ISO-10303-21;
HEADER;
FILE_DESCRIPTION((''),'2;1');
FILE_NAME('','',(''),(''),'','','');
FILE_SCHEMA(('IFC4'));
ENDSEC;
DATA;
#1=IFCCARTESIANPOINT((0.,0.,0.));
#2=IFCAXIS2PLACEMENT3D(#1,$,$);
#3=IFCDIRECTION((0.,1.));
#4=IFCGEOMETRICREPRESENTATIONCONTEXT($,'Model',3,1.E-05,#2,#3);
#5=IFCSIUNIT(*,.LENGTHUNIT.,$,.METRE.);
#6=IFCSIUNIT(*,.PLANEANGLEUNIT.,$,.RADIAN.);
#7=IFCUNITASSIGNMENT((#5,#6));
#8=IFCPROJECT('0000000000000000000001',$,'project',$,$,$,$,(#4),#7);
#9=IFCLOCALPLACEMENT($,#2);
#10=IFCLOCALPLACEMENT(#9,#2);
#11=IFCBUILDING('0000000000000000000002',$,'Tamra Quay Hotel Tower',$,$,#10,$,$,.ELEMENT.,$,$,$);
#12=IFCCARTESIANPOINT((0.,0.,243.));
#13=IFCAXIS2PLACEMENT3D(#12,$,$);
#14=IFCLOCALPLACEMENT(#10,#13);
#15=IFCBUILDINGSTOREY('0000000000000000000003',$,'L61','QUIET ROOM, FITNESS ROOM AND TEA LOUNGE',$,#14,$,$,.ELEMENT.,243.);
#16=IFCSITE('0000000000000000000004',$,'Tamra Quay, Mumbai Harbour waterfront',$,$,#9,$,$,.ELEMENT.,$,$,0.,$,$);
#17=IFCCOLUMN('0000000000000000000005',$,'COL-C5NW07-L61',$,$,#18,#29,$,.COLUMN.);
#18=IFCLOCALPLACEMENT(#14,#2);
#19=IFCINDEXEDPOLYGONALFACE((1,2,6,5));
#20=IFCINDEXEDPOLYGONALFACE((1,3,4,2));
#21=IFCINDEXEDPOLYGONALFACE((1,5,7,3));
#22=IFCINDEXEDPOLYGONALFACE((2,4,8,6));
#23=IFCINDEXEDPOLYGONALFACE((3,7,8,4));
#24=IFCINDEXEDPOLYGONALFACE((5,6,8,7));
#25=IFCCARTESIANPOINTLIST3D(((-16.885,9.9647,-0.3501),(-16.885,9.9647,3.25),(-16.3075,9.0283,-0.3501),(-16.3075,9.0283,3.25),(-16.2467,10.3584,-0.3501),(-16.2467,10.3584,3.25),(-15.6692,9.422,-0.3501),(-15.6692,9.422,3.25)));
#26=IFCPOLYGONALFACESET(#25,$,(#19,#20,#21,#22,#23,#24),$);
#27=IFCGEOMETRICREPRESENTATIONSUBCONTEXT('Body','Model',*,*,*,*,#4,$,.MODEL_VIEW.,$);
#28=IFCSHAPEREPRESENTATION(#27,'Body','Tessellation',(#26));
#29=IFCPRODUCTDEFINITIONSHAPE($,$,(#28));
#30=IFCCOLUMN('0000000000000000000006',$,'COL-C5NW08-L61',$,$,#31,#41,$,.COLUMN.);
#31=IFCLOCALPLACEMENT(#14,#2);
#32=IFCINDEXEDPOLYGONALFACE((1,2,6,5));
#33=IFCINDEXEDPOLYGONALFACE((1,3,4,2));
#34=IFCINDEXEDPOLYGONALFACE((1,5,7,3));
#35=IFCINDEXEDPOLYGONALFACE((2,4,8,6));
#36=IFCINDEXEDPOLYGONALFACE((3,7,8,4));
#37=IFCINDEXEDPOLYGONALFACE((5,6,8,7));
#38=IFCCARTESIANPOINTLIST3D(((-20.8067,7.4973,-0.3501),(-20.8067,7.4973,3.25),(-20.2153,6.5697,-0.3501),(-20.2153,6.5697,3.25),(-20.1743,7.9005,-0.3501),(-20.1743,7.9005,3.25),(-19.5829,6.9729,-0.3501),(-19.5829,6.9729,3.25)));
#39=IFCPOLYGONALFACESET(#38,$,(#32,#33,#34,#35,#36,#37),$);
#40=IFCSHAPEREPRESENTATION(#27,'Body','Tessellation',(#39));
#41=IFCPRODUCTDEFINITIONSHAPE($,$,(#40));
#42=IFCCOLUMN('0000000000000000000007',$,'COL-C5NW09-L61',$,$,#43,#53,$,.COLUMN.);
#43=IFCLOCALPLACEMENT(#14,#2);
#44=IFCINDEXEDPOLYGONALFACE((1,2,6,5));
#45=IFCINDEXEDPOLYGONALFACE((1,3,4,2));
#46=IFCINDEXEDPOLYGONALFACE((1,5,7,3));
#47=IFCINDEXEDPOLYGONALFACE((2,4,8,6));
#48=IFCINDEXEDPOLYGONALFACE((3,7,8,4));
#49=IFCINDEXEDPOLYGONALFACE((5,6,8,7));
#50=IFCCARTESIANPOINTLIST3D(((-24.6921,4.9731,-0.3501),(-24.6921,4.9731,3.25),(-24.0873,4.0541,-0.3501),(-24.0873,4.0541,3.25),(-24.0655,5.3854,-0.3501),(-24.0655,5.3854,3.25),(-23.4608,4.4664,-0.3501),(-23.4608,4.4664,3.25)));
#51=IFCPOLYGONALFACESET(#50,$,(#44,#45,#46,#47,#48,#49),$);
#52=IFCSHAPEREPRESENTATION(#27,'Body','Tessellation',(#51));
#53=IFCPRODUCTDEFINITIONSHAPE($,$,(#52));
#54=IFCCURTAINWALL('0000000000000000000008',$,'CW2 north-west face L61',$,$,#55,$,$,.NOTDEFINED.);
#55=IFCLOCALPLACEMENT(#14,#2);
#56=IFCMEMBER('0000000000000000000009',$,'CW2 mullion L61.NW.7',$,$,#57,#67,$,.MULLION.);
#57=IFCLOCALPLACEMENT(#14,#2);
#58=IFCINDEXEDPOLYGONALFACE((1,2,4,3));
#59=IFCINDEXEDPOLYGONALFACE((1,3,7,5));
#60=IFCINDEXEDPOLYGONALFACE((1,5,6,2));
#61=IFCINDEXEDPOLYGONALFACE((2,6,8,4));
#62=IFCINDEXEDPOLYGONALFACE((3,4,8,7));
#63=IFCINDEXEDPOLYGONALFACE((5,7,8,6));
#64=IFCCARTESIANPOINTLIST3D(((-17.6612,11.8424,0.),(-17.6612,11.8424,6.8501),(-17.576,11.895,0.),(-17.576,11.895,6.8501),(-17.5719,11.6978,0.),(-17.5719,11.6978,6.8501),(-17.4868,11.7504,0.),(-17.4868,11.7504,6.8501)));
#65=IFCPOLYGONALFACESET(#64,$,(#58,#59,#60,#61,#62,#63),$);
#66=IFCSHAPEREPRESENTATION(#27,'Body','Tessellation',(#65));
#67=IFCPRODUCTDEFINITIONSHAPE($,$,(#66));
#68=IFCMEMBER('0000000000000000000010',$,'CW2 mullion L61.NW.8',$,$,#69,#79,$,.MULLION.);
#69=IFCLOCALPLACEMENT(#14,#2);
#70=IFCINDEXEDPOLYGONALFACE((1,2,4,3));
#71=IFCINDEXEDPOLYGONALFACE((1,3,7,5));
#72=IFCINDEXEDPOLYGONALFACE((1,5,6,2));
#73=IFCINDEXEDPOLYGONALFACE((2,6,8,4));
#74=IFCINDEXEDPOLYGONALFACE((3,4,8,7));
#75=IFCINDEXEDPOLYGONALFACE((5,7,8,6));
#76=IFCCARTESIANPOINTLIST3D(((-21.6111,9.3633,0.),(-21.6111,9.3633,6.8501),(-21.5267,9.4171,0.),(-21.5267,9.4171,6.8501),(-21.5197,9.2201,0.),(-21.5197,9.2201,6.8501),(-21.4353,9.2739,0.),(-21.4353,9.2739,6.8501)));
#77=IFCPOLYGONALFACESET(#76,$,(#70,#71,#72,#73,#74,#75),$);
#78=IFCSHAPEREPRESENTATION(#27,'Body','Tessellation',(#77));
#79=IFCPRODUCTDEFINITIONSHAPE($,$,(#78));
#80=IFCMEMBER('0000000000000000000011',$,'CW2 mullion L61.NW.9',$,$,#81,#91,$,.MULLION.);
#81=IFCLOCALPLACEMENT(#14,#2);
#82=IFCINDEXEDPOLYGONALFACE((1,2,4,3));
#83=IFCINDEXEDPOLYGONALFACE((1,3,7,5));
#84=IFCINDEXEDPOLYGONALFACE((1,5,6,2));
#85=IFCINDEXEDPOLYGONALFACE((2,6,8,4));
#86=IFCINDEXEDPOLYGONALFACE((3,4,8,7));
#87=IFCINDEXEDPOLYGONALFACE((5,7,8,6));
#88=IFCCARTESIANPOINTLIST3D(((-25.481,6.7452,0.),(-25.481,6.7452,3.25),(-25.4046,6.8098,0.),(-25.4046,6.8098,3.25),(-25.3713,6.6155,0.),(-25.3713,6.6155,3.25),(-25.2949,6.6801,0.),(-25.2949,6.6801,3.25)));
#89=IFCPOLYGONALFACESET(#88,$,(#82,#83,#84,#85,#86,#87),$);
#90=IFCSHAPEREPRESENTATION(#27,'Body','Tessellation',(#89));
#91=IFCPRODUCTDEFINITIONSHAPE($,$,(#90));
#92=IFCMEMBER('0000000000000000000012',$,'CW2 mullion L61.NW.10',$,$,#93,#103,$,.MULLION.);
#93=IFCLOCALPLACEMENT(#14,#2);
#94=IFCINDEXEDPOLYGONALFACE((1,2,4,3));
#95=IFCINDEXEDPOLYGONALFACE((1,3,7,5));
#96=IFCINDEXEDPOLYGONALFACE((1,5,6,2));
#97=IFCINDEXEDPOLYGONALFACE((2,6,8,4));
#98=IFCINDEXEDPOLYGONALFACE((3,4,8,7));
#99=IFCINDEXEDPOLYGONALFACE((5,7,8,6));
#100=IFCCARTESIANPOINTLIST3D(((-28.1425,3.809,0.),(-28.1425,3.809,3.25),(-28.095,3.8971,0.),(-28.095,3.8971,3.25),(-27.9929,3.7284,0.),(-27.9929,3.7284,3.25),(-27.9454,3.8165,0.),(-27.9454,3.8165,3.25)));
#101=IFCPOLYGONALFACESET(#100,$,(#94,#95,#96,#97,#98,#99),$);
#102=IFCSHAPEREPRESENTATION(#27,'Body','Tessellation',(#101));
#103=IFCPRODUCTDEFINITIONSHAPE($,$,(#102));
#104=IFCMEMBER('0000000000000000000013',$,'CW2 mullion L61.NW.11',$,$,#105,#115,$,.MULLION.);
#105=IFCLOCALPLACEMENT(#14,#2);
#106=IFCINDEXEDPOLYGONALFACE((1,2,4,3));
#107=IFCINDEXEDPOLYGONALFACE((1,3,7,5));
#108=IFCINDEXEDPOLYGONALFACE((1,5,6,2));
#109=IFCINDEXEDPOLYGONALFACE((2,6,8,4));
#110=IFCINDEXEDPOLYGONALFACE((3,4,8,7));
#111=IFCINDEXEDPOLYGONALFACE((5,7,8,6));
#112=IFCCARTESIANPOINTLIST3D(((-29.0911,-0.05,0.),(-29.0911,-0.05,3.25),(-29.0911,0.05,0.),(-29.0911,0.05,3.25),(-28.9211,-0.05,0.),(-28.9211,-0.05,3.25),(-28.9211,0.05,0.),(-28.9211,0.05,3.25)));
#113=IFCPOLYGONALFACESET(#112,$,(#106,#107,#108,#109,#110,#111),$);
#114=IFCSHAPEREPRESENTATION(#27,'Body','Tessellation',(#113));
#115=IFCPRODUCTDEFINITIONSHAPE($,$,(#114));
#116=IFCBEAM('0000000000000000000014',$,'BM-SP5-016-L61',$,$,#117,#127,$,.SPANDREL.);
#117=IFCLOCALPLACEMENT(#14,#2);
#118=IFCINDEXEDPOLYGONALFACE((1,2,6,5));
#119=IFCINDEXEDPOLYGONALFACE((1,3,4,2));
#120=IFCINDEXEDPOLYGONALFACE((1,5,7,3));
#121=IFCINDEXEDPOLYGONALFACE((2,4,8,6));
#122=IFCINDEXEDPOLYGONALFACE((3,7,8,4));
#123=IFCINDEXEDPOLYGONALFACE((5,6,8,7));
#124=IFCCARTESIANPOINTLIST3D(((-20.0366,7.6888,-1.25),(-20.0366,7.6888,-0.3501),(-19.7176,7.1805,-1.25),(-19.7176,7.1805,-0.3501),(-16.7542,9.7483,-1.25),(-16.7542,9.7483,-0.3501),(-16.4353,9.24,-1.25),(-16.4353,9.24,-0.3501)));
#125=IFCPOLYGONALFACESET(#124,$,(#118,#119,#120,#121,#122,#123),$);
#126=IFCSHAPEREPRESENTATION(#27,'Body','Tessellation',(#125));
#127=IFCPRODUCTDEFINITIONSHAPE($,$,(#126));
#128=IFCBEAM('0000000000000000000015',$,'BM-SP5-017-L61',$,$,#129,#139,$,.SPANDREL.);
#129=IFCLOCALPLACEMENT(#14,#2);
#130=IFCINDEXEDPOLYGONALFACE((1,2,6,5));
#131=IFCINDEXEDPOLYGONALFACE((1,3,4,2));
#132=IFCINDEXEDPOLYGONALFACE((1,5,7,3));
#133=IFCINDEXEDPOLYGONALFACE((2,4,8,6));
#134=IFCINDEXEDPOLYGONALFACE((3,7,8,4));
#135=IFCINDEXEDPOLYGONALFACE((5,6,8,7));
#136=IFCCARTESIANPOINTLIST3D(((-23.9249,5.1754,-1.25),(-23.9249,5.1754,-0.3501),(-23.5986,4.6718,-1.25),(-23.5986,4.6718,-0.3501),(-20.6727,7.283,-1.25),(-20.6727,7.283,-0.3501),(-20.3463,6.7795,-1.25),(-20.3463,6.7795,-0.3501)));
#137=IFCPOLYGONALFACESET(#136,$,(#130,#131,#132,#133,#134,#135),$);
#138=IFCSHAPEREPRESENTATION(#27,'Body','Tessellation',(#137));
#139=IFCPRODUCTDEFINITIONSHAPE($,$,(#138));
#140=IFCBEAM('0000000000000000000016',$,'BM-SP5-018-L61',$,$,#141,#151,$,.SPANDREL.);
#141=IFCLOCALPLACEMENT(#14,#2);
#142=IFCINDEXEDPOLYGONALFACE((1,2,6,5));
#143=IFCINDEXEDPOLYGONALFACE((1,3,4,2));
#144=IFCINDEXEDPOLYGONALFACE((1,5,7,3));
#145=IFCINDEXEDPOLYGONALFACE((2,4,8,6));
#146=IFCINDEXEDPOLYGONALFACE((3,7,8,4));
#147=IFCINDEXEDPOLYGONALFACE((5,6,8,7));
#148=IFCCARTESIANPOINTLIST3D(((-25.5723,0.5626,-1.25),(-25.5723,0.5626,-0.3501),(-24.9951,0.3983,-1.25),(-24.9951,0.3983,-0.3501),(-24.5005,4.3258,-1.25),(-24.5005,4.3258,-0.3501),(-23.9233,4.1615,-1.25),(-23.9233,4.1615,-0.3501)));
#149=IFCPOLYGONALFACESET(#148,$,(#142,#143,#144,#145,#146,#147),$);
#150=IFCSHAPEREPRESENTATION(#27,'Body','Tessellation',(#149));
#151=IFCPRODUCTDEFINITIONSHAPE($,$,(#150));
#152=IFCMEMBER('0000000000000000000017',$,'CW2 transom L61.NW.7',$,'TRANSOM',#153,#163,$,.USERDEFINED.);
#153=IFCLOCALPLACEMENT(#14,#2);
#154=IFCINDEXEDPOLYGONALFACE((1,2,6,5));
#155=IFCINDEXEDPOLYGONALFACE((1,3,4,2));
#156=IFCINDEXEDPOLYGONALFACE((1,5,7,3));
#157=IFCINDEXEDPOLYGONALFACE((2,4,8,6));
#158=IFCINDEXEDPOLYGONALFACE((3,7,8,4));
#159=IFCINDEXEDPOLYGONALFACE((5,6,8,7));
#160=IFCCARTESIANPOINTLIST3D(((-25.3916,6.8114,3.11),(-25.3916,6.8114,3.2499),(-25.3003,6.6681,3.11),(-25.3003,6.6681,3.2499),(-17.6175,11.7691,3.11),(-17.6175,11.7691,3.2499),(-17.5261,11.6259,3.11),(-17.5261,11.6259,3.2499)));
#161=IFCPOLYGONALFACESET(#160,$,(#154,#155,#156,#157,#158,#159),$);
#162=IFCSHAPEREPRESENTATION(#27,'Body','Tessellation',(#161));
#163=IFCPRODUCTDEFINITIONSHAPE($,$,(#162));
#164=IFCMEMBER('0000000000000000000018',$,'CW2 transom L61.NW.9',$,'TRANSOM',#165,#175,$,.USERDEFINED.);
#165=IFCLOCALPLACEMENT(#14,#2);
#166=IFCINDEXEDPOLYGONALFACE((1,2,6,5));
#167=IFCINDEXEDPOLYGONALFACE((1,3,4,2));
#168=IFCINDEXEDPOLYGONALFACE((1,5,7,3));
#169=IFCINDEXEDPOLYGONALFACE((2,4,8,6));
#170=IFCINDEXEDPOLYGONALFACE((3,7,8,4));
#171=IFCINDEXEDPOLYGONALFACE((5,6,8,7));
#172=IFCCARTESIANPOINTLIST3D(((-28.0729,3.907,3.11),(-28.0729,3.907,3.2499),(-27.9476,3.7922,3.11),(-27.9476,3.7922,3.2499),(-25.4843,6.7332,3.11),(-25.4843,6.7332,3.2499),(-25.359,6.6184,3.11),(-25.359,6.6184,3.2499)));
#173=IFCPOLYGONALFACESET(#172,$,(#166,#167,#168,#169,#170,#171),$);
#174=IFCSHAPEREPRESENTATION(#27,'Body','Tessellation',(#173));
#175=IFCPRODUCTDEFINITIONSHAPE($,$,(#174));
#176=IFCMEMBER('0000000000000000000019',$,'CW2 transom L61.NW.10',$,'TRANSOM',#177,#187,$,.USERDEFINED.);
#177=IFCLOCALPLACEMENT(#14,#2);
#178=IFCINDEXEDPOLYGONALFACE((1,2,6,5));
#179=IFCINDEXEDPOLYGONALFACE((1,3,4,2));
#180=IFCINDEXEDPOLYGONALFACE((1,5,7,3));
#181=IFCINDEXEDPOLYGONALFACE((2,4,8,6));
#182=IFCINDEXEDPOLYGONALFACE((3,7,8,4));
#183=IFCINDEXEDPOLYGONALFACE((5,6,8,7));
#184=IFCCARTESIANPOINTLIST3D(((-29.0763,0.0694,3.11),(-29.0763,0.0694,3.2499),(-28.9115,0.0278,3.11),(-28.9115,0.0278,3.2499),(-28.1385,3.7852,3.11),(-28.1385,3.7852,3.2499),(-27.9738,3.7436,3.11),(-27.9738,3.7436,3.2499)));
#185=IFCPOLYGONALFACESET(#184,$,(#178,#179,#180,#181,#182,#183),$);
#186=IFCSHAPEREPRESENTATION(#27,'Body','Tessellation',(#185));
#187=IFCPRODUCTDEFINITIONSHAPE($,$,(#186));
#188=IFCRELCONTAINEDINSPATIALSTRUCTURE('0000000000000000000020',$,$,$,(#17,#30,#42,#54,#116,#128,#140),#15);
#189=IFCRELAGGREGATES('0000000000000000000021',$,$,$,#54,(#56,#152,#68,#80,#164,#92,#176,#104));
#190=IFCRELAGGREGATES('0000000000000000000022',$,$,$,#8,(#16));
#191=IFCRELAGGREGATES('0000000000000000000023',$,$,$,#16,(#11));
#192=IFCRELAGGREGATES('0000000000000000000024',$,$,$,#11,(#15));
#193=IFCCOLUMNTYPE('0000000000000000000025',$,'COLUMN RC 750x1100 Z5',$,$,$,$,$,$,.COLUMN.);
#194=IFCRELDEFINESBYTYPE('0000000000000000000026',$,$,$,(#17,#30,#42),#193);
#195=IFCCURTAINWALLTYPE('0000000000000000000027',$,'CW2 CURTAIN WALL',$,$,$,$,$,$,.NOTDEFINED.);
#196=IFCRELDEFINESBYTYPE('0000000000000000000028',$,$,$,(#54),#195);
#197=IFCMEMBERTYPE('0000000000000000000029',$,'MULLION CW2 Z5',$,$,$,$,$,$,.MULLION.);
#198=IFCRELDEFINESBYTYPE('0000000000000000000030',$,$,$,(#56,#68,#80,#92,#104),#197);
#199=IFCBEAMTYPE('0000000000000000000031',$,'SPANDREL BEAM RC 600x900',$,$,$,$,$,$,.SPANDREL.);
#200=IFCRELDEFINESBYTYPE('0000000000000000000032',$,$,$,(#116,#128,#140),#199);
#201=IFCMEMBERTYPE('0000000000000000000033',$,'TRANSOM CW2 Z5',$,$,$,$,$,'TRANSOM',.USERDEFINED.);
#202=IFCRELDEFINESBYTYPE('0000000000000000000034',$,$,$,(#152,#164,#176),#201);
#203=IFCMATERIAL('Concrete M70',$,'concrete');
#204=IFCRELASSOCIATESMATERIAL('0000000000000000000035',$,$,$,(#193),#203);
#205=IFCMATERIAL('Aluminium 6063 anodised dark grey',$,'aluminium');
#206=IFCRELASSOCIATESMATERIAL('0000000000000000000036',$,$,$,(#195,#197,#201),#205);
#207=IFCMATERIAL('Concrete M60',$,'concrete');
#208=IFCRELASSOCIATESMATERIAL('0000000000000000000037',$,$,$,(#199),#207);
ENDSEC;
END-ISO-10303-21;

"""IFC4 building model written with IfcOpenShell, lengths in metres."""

from ifc_helpers import new_model, si_unit, direction, frame, origin, origin_2d, place, context, subcontext, project, spatial, rectangle, extrude, material, material_profile, profile_set, type_object, element, aggregate, save


model = new_model("IFC4")

# Units and contexts
model_context = context("Model", 3, precision=1e-05, world=origin(), true_north=direction((0.0, 1.0)))
body_context = subcontext(model_context, "Body", "Model", "MODEL_VIEW")
ifc_project = project(units=[si_unit("LENGTHUNIT", "METRE"), si_unit("PLANEANGLEUNIT", "RADIAN")], contexts=[model_context])

# Site, building, storey
site_placement = place(None, origin())
site = spatial("IfcSite", under=ifc_project, at=site_placement, Name="Tamra Quay, Mumbai Harbour waterfront", CompositionType="ELEMENT", RefElevation=0.0)
building_placement = place(site_placement, origin())
building = spatial("IfcBuilding", under=site, at=building_placement, Name="Tamra Quay Hotel Tower", CompositionType="ELEMENT")
storey_placement = place(building_placement, frame((0.0, 0.0, 243.0)))
storey = spatial("IfcBuildingStorey", under=building, at=storey_placement, Name="L61", Description="QUIET ROOM, FITNESS ROOM AND TEA LOUNGE", CompositionType="ELEMENT", Elevation=243.0)

# Columns
ifc_material_1 = material(Name="Concrete M70", Category="concrete")
ifc_material_profile_1 = material_profile(ifc_material_1, rectangle(XDim=1.1001, YDim=0.75, at=origin_2d()), Name="COLUMN RC 750x1100 Z5")
ifc_profile_set_1 = profile_set([ifc_material_profile_1], Name="Concrete M70")
column_type = type_object("IfcColumnType", Name="COLUMN RC 750x1100 Z5", PredefinedType="COLUMN", material=ifc_profile_set_1)
for number, where, z_axis, x_axis, name in (
    (1, (-16.2771, 9.6934, -0.3501), (0.0, 0.0, 1.0), (-0.524928, 0.851147, 0.0), "COL-C5NW07-L61"),
    (2, (-20.1948, 7.2351, -0.3501), (0.0, 0.0, 1.0), (-0.537585, 0.843209, 0.0), "COL-C5NW08-L61"),
    (3, (-24.0764, 4.7197, -0.3501), (0.0, 0.0, 1.0), (-0.549739, 0.835337, 0.0), "COL-C5NW09-L61"),
):
    element("IfcColumn", number, at=place(storey_placement, frame(where, z_axis=z_axis, x_axis=x_axis)), inside=storey, type_object=column_type, Name=name, PredefinedType="COLUMN", context=body_context, shape_type="SweptSolid", body=[
        extrude(rectangle(XDim=1.1001, YDim=0.75, at=origin_2d()), origin(), (0.0, 0.0, 1.0), 3.6001),
    ])

# Curtain wall, members
ifc_material_2 = material(Name="Aluminium 6063 anodised dark grey", Category="aluminium")
curtain_wall_type = type_object("IfcCurtainWallType", Name="CW2 CURTAIN WALL", PredefinedType="NOTDEFINED", material=ifc_material_2)
curtain_wall_placement = place(storey_placement, origin())
curtain_wall = element("IfcCurtainWall", 4, at=curtain_wall_placement, inside=storey, type_object=curtain_wall_type, Name="CW2 north-west face L61", PredefinedType="NOTDEFINED")
ifc_material_profile_2 = material_profile(ifc_material_2, rectangle(XDim=0.1699, YDim=0.1001, at=origin_2d()), Name="MULLION 100X170")
ifc_profile_set_2 = profile_set([ifc_material_profile_2], Name="Aluminium 6063 anodised dark grey")
member_type_1 = type_object("IfcMemberType", Name="MULLION CW2 Z5", PredefinedType="MULLION", material=ifc_profile_set_2)
member_1_placement = place(storey_placement, frame((-17.574, 11.7964, 0.0), z_axis=(0.0, 0.0, 1.0), x_axis=(-0.525249, 0.850949, 0.0)))
member_1 = element("IfcMember", 5, at=member_1_placement, type_object=member_type_1, Name="CW2 mullion L61.NW.7", PredefinedType="MULLION", context=body_context, shape_type="SweptSolid", body=[
    extrude(rectangle(XDim=0.1699, YDim=0.1001, at=origin_2d()), origin(), (0.0, 0.0, 1.0), 6.8501),
])
member_2_placement = place(storey_placement, frame((-21.5232, 9.3186, 0.0), z_axis=(0.0, 0.0, 1.0), x_axis=(-0.537684, 0.843147, 0.0)))
member_2 = element("IfcMember", 6, at=member_2_placement, type_object=member_type_1, Name="CW2 mullion L61.NW.8", PredefinedType="MULLION", context=body_context, shape_type="SweptSolid", body=[
    extrude(rectangle(XDim=0.1699, YDim=0.1001, at=origin_2d()), origin(), (0.0, 0.0, 1.0), 6.8501),
])
member_3_placement = place(storey_placement, frame((-25.3879, 6.7126, 0.0), z_axis=(0.0, 0.0, 1.0), x_axis=(-0.645846, 0.763467, 0.0)))
member_3 = element("IfcMember", 7, at=member_3_placement, type_object=member_type_1, Name="CW2 mullion L61.NW.9", PredefinedType="MULLION", context=body_context, shape_type="SweptSolid", body=[
    extrude(rectangle(XDim=0.1699, YDim=0.1001, at=origin_2d()), origin(), (0.0, 0.0, 1.0), 3.25),
])
member_4_placement = place(storey_placement, frame((-28.0439, 3.8127, 0.0), z_axis=(0.0, 0.0, 1.0), x_axis=(-0.880267, 0.474479, 0.0)))
member_4 = element("IfcMember", 8, at=member_4_placement, type_object=member_type_1, Name="CW2 mullion L61.NW.10", PredefinedType="MULLION", context=body_context, shape_type="SweptSolid", body=[
    extrude(rectangle(XDim=0.1699, YDim=0.1001, at=origin_2d()), origin(), (0.0, 0.0, 1.0), 3.25),
])
member_5_placement = place(storey_placement, frame((-29.0061, 0.0, 0.0), z_axis=(0.0, 0.0, 1.0), x_axis=(-1.0, 0.0, 0.0)))
member_5 = element("IfcMember", 9, at=member_5_placement, type_object=member_type_1, Name="CW2 mullion L61.NW.11", PredefinedType="MULLION", context=body_context, shape_type="SweptSolid", body=[
    extrude(rectangle(XDim=0.1699, YDim=0.1001, at=origin_2d()), origin(), (0.0, 0.0, 1.0), 3.25),
])

# Beams
ifc_material_3 = material(Name="Concrete M60", Category="concrete")
ifc_material_profile_3 = material_profile(ifc_material_3, rectangle(XDim=0.6001, YDim=0.8999, at=origin_2d()), Name="SPANDREL BEAM RC 600x900")
ifc_profile_set_3 = profile_set([ifc_material_profile_3], Name="Concrete M60")
beam_type = type_object("IfcBeamType", Name="SPANDREL BEAM RC 600x900", PredefinedType="SPANDREL", material=ifc_profile_set_3)
beam_1_placement = place(storey_placement, frame((-16.5947, 9.4941, -0.8), z_axis=(-0.847066, -0.531488, 0.0), x_axis=(0.531488, -0.847066, 0.0)))
element("IfcBeam", 10, at=beam_1_placement, inside=storey, type_object=beam_type, Name="BM-SP5-016-L61", PredefinedType="SPANDREL", context=body_context, shape_type="SweptSolid", body=[
    extrude(rectangle(XDim=0.6001, YDim=0.8999, at=origin_2d()), origin(), (0.0, 0.0, 1.0), 3.875),
])
beam_2_placement = place(storey_placement, frame((-20.5095, 7.0312, -0.8), z_axis=(-0.839181, -0.543852, 0.0), x_axis=(0.543852, -0.839181, 0.0)))
element("IfcBeam", 11, at=beam_2_placement, inside=storey, type_object=beam_type, Name="BM-SP5-017-L61", PredefinedType="SPANDREL", context=body_context, shape_type="SweptSolid", body=[
    extrude(rectangle(XDim=0.6001, YDim=0.8999, at=origin_2d()), origin(), (0.0, 0.0, 1.0), 3.8755),
])
beam_3_placement = place(storey_placement, frame((-24.2119, 4.2437, -0.8), z_axis=(-0.273913, -0.961754, 0.0), x_axis=(0.961754, -0.273913, 0.0)))
element("IfcBeam", 12, at=beam_3_placement, inside=storey, type_object=beam_type, Name="BM-SP5-018-L61", PredefinedType="SPANDREL", context=body_context, shape_type="SweptSolid", body=[
    extrude(rectangle(XDim=0.6001, YDim=0.8999, at=origin_2d()), origin(), (0.0, 0.0, 1.0), 3.9128),
])

# Members
ifc_material_profile_4 = material_profile(ifc_material_2, rectangle(XDim=0.1699, YDim=0.1399, at=origin_2d()), Name="TRANSOM 170X140")
ifc_profile_set_4 = profile_set([ifc_material_profile_4], Name="Aluminium 6063 anodised dark grey")
member_type_2 = type_object("IfcMemberType", Name="TRANSOM CW2 Z5", ElementType="TRANSOM", PredefinedType="USERDEFINED", material=ifc_profile_set_4)
member_6_placement = place(storey_placement, frame((-17.5718, 11.6975, 3.1799), z_axis=(-0.843142, -0.537691, 0.0), x_axis=(0.537691, -0.843142, 0.0)))
member_6 = element("IfcMember", 13, at=member_6_placement, type_object=member_type_2, Name="CW2 transom L61.NW.7", ObjectType="TRANSOM", PredefinedType="USERDEFINED", context=body_context, shape_type="SweptSolid", body=[
    extrude(rectangle(XDim=0.1699, YDim=0.1399, at=origin_2d()), origin(), (0.0, 0.0, 1.0), 9.2205),
])
member_7_placement = place(storey_placement, frame((-25.4216, 6.6758, 3.1799), z_axis=(-0.675436, -0.737419, 0.0), x_axis=(0.737419, -0.675436, 0.0)))
member_7 = element("IfcMember", 14, at=member_7_placement, type_object=member_type_2, Name="CW2 transom L61.NW.9", ObjectType="TRANSOM", PredefinedType="USERDEFINED", context=body_context, shape_type="SweptSolid", body=[
    extrude(rectangle(XDim=0.1699, YDim=0.1399, at=origin_2d()), origin(), (0.0, 0.0, 1.0), 3.8325),
])
member_8_placement = place(storey_placement, frame((-28.0562, 3.7644, 3.1799), z_axis=(-0.244694, -0.9696, 0.0), x_axis=(0.9696, -0.244694, 0.0)))
member_8 = element("IfcMember", 15, at=member_8_placement, type_object=member_type_2, Name="CW2 transom L61.NW.10", ObjectType="TRANSOM", PredefinedType="USERDEFINED", context=body_context, shape_type="SweptSolid", body=[
    extrude(rectangle(XDim=0.1699, YDim=0.1399, at=origin_2d()), origin(), (0.0, 0.0, 1.0), 3.8323),
])

aggregate(curtain_wall, [member_1, member_6, member_2, member_3, member_7, member_4, member_8, member_5])

save(model, "model.ifc")
